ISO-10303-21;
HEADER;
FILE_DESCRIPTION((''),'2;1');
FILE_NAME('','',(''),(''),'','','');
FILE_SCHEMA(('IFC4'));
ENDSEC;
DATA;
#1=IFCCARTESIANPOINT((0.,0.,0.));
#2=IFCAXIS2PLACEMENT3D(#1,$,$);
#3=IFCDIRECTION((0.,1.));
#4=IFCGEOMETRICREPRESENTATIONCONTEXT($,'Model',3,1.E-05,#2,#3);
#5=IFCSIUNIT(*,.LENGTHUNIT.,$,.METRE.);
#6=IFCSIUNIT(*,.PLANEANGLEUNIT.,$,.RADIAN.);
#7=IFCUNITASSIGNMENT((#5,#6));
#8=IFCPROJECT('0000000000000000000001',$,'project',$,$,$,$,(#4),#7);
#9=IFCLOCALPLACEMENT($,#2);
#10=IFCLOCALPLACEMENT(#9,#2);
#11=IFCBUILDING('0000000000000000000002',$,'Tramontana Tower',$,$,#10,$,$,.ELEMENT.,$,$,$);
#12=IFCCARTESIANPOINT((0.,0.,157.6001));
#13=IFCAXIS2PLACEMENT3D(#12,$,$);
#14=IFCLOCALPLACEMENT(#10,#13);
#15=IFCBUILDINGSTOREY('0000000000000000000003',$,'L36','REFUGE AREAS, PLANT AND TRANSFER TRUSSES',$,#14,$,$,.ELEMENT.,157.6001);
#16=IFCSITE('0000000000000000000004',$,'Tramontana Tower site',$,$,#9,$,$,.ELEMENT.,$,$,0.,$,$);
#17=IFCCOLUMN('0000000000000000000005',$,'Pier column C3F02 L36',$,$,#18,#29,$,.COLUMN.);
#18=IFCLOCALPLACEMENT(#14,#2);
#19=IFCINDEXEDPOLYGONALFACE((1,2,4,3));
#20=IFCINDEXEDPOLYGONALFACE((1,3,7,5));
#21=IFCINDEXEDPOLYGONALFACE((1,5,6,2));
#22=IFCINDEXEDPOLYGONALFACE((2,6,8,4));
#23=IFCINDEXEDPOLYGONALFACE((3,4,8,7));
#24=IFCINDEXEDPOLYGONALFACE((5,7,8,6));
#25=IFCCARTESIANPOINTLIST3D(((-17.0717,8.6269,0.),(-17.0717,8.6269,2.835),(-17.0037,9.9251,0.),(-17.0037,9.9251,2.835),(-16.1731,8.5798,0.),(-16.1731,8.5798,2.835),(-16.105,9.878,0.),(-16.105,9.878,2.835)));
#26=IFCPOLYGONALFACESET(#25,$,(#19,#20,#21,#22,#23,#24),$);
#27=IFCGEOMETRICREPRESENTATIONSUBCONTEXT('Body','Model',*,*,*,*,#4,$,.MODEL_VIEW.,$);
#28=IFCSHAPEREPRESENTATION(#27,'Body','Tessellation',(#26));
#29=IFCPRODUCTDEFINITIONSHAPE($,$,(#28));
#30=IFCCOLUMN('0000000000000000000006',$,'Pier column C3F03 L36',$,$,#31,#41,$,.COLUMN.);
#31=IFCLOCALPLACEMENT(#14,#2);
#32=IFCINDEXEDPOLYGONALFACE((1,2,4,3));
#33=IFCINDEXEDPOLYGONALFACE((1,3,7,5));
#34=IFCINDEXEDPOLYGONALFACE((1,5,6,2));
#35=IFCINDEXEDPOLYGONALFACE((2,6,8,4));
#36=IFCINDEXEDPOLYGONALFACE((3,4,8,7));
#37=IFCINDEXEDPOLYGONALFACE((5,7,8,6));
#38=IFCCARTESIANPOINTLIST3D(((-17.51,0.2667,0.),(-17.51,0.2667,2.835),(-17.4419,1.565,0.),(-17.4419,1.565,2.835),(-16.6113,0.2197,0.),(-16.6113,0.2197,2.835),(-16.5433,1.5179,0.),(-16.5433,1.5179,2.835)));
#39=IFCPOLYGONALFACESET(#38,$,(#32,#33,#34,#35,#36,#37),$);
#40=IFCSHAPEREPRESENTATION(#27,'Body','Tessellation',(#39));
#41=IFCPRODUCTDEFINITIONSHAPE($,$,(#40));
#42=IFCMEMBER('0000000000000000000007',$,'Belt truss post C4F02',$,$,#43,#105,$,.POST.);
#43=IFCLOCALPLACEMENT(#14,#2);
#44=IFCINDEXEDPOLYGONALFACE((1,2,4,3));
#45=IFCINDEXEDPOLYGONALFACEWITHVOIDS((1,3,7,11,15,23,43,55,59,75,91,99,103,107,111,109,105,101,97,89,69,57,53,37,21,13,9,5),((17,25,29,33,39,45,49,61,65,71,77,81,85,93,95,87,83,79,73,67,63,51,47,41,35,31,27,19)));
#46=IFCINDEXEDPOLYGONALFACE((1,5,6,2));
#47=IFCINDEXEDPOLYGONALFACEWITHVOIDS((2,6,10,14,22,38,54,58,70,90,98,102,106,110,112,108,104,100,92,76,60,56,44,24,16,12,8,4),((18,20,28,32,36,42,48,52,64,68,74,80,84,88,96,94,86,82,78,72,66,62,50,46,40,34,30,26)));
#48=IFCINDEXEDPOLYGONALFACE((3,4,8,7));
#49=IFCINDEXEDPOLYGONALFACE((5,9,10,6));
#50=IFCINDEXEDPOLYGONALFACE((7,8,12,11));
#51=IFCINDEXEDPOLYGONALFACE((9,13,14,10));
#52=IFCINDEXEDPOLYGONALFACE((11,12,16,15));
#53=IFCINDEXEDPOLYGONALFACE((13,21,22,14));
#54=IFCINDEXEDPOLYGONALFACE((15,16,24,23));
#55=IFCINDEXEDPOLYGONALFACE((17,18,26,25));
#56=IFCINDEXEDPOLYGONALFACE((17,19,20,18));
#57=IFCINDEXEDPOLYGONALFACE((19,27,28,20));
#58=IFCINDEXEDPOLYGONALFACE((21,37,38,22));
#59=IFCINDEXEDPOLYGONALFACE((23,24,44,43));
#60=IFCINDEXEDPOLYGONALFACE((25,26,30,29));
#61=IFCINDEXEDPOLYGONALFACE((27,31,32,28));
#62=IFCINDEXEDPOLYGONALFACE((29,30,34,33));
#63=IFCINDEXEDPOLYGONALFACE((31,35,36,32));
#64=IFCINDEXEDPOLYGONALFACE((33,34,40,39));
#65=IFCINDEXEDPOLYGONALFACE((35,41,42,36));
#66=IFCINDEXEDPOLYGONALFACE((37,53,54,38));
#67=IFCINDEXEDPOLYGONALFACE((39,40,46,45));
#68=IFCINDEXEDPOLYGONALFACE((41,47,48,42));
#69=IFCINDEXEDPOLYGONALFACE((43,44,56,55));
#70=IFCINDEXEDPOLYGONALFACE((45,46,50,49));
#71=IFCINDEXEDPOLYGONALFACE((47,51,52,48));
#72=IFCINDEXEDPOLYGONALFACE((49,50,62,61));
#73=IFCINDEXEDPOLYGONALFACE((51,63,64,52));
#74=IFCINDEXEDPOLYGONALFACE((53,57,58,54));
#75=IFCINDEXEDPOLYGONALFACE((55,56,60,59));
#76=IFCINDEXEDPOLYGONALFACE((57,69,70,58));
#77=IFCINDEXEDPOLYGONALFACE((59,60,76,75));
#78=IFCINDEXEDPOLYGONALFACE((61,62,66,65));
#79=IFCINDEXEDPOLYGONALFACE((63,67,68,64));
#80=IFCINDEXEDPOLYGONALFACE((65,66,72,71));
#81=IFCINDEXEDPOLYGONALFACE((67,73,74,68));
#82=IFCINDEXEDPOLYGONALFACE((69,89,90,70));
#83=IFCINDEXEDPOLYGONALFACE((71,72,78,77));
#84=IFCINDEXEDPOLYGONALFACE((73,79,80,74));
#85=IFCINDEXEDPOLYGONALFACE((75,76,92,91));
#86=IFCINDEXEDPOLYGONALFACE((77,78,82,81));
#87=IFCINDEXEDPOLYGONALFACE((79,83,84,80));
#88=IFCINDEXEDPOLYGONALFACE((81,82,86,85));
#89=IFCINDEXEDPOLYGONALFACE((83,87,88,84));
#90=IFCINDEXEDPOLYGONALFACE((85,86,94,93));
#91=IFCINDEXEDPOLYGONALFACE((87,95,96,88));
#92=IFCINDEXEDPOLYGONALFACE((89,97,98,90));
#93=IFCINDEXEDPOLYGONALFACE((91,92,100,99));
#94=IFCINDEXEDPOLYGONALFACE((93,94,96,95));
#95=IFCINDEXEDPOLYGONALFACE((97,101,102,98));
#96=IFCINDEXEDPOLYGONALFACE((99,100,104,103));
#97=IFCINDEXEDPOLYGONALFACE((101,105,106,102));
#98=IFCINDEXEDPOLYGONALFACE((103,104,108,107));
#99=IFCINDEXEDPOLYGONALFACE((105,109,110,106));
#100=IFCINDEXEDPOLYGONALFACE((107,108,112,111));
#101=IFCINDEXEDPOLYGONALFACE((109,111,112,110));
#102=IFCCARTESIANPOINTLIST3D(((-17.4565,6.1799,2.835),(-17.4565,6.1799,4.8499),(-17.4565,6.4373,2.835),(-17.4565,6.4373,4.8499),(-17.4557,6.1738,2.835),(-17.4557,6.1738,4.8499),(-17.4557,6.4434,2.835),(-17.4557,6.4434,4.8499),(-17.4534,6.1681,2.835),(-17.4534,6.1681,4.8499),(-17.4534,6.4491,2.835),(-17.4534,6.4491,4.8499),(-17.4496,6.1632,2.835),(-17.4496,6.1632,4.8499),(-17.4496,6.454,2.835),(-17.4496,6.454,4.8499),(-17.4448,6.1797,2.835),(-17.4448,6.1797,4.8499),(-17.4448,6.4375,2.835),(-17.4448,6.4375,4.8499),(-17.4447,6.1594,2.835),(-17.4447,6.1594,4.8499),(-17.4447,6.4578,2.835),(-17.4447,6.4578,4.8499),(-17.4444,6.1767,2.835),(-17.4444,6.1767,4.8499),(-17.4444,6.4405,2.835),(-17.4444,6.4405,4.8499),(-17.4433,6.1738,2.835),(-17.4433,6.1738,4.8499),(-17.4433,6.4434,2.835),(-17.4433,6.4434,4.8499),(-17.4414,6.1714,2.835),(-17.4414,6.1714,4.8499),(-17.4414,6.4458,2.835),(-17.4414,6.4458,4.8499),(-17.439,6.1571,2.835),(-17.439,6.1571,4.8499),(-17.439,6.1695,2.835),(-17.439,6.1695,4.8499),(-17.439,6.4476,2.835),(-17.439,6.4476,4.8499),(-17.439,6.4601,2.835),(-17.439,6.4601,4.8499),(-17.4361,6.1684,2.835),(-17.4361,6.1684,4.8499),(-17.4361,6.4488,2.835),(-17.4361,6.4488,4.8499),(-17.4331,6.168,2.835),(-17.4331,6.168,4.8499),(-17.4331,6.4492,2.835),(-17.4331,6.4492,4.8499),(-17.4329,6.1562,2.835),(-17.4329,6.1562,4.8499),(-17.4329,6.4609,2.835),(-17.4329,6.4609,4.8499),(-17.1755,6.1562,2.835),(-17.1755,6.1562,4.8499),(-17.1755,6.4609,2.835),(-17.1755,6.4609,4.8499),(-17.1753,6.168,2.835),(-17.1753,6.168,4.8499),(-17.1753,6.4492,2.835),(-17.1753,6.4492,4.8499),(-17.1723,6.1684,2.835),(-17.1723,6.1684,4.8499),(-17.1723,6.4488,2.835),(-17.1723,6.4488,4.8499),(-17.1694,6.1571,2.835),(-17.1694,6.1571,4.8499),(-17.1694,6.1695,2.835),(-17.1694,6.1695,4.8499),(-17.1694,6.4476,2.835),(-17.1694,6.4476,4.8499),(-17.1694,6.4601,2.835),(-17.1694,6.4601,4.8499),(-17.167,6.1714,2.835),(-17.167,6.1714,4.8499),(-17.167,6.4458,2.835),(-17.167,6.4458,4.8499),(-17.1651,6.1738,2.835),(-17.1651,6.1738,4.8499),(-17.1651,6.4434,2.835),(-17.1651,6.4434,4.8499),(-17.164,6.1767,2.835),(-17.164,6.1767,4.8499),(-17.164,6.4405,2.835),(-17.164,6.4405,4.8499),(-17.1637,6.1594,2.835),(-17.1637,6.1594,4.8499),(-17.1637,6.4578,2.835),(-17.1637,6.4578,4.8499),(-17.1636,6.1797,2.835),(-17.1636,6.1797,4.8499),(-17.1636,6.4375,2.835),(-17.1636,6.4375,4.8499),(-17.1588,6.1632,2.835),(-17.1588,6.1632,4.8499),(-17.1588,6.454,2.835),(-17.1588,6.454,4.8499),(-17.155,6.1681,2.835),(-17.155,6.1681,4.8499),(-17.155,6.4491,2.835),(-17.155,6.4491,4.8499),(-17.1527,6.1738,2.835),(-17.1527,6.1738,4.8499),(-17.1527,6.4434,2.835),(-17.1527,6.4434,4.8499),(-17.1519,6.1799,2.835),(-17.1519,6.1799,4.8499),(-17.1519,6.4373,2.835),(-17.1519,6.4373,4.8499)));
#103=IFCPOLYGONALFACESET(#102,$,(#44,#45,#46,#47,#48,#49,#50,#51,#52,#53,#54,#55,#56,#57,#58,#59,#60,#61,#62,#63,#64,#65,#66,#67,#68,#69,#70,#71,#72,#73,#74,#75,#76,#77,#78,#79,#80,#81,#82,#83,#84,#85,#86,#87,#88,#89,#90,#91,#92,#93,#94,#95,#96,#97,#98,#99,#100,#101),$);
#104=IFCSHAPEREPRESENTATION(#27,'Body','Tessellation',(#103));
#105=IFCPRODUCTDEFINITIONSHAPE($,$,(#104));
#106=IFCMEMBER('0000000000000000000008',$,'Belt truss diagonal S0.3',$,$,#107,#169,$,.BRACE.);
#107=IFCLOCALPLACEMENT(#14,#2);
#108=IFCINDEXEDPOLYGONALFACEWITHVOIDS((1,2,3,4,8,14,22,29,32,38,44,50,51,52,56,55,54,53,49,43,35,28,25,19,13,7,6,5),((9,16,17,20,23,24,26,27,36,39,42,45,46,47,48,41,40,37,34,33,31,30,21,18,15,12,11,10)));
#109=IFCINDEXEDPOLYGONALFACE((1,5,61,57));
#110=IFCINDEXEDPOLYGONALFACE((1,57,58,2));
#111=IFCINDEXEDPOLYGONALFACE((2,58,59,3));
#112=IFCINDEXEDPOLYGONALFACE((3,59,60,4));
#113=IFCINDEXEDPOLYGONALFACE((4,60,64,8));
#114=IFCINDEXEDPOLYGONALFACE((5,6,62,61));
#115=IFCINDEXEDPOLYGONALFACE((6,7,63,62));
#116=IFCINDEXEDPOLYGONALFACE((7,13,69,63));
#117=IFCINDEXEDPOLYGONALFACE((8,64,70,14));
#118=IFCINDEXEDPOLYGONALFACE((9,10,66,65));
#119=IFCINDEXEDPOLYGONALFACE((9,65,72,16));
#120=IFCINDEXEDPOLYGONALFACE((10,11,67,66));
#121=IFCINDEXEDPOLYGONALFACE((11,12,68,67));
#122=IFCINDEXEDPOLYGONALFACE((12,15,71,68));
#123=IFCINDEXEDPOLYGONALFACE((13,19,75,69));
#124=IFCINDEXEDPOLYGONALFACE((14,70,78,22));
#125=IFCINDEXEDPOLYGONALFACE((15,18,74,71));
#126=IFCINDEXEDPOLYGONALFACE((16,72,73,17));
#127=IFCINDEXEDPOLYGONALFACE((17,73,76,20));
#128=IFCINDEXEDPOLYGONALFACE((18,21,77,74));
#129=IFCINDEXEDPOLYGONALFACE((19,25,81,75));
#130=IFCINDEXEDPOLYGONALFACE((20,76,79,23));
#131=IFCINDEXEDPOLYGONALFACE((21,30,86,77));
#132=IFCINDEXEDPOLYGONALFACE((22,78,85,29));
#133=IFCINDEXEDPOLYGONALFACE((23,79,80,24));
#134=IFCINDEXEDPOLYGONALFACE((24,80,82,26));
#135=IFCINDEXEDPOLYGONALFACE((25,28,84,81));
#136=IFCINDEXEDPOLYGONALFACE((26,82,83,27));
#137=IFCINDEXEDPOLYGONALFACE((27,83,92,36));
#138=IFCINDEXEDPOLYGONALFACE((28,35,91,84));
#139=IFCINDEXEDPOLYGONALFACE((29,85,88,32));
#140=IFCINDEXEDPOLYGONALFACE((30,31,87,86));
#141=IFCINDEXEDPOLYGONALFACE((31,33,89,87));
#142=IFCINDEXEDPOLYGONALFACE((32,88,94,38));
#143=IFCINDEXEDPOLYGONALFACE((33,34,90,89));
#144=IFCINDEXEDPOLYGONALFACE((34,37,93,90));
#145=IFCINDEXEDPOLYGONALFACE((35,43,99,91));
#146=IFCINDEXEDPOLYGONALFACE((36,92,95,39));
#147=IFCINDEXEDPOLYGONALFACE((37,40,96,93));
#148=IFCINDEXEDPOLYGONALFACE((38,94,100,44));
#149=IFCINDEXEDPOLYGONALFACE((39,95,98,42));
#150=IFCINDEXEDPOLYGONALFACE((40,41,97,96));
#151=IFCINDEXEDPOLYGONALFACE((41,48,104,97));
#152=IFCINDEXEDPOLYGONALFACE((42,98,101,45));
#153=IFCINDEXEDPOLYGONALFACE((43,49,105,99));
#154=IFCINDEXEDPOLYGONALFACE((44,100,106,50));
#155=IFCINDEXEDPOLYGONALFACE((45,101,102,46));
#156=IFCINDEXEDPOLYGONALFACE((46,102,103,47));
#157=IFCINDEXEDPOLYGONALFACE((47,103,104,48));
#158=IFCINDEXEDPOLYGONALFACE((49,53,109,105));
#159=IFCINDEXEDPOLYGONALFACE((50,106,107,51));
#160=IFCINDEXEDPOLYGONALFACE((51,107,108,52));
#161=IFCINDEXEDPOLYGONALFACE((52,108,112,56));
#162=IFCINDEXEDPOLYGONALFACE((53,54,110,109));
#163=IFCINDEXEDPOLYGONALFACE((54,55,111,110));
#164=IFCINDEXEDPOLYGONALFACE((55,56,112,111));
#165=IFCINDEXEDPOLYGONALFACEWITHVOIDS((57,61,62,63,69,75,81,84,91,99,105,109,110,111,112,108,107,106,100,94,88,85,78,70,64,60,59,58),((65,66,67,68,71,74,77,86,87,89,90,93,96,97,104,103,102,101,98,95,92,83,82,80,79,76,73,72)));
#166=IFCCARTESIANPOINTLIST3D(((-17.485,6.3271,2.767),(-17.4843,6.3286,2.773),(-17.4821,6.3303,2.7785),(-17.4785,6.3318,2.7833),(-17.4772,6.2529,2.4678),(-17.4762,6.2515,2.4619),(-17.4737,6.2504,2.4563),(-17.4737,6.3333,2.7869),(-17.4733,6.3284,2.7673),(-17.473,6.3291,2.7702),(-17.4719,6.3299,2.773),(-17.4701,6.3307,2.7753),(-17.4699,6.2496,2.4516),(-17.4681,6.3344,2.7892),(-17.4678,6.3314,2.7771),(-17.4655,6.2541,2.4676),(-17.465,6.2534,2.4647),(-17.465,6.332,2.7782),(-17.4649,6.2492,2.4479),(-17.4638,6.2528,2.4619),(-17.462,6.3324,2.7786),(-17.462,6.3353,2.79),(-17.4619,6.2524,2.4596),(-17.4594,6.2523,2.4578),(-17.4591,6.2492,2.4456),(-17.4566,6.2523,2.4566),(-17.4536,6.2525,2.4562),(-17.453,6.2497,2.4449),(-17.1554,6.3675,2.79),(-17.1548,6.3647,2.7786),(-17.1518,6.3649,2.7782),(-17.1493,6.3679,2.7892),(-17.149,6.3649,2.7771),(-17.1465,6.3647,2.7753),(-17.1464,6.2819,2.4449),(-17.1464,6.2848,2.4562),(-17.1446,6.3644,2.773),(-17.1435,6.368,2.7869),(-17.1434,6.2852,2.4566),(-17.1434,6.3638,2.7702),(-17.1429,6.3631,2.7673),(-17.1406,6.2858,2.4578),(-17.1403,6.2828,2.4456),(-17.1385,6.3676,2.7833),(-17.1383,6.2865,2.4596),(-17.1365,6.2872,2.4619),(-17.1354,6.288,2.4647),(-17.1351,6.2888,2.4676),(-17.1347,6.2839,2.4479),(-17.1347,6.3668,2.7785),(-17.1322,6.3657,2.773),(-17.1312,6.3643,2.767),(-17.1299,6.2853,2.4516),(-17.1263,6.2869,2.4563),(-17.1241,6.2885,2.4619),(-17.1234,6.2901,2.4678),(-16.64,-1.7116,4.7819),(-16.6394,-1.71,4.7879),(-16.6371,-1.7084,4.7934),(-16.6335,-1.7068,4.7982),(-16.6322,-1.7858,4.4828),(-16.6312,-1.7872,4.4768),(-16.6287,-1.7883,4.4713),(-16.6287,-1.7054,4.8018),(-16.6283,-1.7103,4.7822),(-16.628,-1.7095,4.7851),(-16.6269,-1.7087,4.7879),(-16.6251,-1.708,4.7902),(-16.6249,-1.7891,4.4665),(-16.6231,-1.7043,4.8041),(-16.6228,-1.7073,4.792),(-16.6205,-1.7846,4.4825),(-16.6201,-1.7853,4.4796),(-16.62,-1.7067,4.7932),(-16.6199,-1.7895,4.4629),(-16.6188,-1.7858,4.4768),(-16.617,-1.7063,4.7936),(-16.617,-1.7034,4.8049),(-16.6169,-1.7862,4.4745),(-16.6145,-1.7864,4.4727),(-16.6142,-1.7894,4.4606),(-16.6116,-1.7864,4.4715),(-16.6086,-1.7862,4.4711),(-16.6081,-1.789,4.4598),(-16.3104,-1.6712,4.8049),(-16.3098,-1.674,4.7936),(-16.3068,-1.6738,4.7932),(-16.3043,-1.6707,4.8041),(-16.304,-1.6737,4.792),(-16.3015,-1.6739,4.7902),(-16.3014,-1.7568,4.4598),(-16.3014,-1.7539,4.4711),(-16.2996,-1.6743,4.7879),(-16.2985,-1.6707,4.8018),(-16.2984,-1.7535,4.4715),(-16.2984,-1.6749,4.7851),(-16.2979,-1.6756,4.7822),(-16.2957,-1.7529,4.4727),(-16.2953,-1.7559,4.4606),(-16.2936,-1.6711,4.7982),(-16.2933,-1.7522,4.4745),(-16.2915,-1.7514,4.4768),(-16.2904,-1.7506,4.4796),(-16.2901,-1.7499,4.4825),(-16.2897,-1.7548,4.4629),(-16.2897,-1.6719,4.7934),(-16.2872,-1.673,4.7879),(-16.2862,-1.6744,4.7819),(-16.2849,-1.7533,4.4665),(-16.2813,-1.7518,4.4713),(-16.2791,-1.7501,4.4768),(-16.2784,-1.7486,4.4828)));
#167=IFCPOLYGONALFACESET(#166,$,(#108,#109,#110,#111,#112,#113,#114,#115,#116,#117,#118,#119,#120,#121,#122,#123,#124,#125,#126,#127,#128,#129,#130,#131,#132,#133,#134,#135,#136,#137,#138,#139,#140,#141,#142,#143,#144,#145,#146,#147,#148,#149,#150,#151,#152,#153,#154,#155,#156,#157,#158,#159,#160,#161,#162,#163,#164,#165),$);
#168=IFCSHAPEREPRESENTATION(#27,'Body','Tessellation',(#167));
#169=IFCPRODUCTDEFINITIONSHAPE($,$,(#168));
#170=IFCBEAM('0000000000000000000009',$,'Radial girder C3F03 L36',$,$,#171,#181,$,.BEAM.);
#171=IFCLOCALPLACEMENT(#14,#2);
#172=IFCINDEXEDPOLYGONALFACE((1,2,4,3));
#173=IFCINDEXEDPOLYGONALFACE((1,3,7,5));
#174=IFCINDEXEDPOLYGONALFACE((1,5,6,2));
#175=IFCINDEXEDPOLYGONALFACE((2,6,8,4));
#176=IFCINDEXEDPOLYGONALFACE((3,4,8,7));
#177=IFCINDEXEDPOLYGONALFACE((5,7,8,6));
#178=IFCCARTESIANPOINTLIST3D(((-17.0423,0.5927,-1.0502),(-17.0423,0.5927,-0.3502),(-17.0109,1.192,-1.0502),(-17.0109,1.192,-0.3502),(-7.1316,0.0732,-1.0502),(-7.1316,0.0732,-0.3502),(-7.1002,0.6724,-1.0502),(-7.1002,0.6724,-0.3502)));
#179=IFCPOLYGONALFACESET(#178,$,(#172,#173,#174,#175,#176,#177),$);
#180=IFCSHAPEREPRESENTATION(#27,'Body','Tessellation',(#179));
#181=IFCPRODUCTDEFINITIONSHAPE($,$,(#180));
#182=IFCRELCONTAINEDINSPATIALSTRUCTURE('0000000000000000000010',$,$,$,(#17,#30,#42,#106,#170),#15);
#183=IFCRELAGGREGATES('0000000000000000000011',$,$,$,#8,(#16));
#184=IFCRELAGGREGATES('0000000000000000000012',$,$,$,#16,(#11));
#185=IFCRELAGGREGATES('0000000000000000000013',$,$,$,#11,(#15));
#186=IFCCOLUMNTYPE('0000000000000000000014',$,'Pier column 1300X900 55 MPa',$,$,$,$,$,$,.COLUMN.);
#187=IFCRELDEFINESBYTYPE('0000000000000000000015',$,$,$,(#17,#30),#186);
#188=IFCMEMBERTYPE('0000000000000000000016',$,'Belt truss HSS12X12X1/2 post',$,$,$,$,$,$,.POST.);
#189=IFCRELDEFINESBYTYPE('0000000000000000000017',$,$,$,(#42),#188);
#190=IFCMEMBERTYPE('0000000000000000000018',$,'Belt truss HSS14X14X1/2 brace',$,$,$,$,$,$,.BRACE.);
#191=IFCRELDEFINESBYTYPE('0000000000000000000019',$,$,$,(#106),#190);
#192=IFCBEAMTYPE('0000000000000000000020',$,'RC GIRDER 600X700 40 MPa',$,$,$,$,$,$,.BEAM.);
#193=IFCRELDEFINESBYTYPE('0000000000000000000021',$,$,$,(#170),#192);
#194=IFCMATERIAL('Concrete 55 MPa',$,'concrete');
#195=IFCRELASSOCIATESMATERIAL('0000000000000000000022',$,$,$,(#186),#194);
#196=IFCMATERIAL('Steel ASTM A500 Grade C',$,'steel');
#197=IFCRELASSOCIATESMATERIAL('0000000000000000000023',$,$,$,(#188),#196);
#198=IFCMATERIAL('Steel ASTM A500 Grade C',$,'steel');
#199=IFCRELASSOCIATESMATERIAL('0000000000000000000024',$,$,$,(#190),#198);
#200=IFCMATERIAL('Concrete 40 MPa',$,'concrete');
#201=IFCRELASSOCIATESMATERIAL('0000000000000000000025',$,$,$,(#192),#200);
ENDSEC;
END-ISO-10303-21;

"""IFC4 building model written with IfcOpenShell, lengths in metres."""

from ifc_helpers import new_model, si_unit, direction, frame, origin, origin_2d, place, context, subcontext, project, spatial, rectangle, hollow_rectangle, extrude, material, material_profile, profile_set, type_object, element, save


model = new_model("IFC4")

# Units and contexts
model_context = context("Model", 3, precision=1e-05, world=origin(), true_north=direction((0.0, 1.0)))
body_context = subcontext(model_context, "Body", "Model", "MODEL_VIEW")
ifc_project = project(units=[si_unit("LENGTHUNIT", "METRE"), si_unit("PLANEANGLEUNIT", "RADIAN")], contexts=[model_context])

# Site, building, storey
site_placement = place(None, origin())
site = spatial("IfcSite", under=ifc_project, at=site_placement, Name="Tramontana Tower site", CompositionType="ELEMENT", RefElevation=0.0)
building_placement = place(site_placement, origin())
building = spatial("IfcBuilding", under=site, at=building_placement, Name="Tramontana Tower", CompositionType="ELEMENT")
storey_placement = place(building_placement, frame((0.0, 0.0, 157.6001)))
storey = spatial("IfcBuildingStorey", under=building, at=storey_placement, Name="L36", Description="REFUGE AREAS, PLANT AND TRANSFER TRUSSES", CompositionType="ELEMENT", Elevation=157.6001)

# Columns
ifc_material_1 = material(Name="Concrete 55 MPa", Category="concrete")
ifc_material_profile_1 = material_profile(ifc_material_1, rectangle(XDim=1.3, YDim=0.8999, at=origin_2d()), Name="Pier column 1300X900 55 MPa")
ifc_profile_set_1 = profile_set([ifc_material_profile_1], Name="Concrete 55 MPa")
column_type = type_object("IfcColumnType", Name="Pier column 1300X900 55 MPa", PredefinedType="COLUMN", material=ifc_profile_set_1)
for number, where, z_axis, x_axis, name in (
    (1, (-16.5884, 9.2524, 0.0), (0.0, 0.0, 1.0), (-0.052336, -0.99863, 0.0), "Pier column C3F02 L36"),
    (2, (-17.0266, 0.8923, 0.0), (0.0, 0.0, 1.0), (-0.052336, -0.99863, 0.0), "Pier column C3F03 L36"),
):
    element("IfcColumn", number, at=place(storey_placement, frame(where, z_axis=z_axis, x_axis=x_axis)), inside=storey, type_object=column_type, Name=name, PredefinedType="COLUMN", context=body_context, shape_type="SweptSolid", body=[
        extrude(rectangle(XDim=1.3, YDim=0.8999, at=origin_2d()), origin(), (0.0, 0.0, 1.0), 2.835),
    ])

# Members
ifc_material_2 = material(Name="Steel ASTM A500 Grade C", Category="steel")
ifc_material_profile_2 = material_profile(ifc_material_2, hollow_rectangle(XDim=0.3047, YDim=0.3047, WallThickness=0.0117, InnerFilletRadius=0.0117, OuterFilletRadius=0.0237, at=origin_2d()), Name="HSS12X12X1/2")
ifc_profile_set_2 = profile_set([ifc_material_profile_2], Name="Steel ASTM A500 Grade C")
member_type_1 = type_object("IfcMemberType", Name="Belt truss HSS12X12X1/2 post", PredefinedType="POST", material=ifc_profile_set_2)
member_1_placement = place(storey_placement, frame((-17.3042, 6.3086, 2.835), z_axis=(0.0, 0.0, 1.0), x_axis=(1.0, 0.0, 0.0)))
element("IfcMember", 3, at=member_1_placement, inside=storey, type_object=member_type_1, Name="Belt truss post C4F02", PredefinedType="POST", context=body_context, shape_type="SweptSolid", body=[
    extrude(hollow_rectangle(XDim=0.3047, YDim=0.3047, WallThickness=0.0117, InnerFilletRadius=0.0117, OuterFilletRadius=0.0237, at=origin_2d()), origin(), (0.0, 0.0, 1.0), 2.0149),
])
ifc_material_3 = material(Name="Steel ASTM A500 Grade C", Category="steel")
ifc_material_profile_3 = material_profile(ifc_material_3, hollow_rectangle(XDim=0.3557, YDim=0.3557, WallThickness=0.0117, InnerFilletRadius=0.0117, OuterFilletRadius=0.0237, at=origin_2d()), Name="HSS14X14X1/2")
ifc_profile_set_3 = profile_set([ifc_material_profile_3], Name="Steel ASTM A500 Grade C")
member_type_2 = type_object("IfcMemberType", Name="Belt truss HSS14X14X1/2 brace", PredefinedType="BRACE", material=ifc_profile_set_3)
member_2_placement = place(storey_placement, frame((-17.3042, 6.3086, 2.6174), z_axis=(0.101434, -0.96499, 0.241878), x_axis=(0.994521, 0.104539, 0.0)))
element("IfcMember", 4, at=member_2_placement, inside=storey, type_object=member_type_2, Name="Belt truss diagonal S0.3", PredefinedType="BRACE", context=body_context, shape_type="SweptSolid", body=[
    extrude(hollow_rectangle(XDim=0.3557, YDim=0.3557, WallThickness=0.0117, InnerFilletRadius=0.0117, OuterFilletRadius=0.0237, at=origin_2d()), origin(), (0.0, 0.0, 1.0), 8.3303),
])

# Beam
ifc_material_4 = material(Name="Concrete 40 MPa", Category="concrete")
ifc_material_profile_4 = material_profile(ifc_material_4, rectangle(XDim=0.6001, YDim=0.7, at=origin_2d()), Name="RC GIRDER 600X700 40 MPa")
ifc_profile_set_4 = profile_set([ifc_material_profile_4], Name="Concrete 40 MPa")
beam_type_1 = type_object("IfcBeamType", Name="RC GIRDER 600X700 40 MPa", PredefinedType="BEAM", material=ifc_profile_set_4)
beam_1_placement = place(storey_placement, frame((-17.0266, 0.8923, -0.7002), z_axis=(0.998629, -0.05235, 0.0), x_axis=(0.05235, 0.998629, 0.0)))
element("IfcBeam", 5, at=beam_1_placement, inside=storey, type_object=beam_type_1, Name="Radial girder C3F03 L36", PredefinedType="BEAM", context=body_context, shape_type="SweptSolid", body=[
    extrude(rectangle(XDim=0.6001, YDim=0.7, at=origin_2d()), origin(), (0.0, 0.0, 1.0), 9.9243),
])

save(model, "model.ifc")
